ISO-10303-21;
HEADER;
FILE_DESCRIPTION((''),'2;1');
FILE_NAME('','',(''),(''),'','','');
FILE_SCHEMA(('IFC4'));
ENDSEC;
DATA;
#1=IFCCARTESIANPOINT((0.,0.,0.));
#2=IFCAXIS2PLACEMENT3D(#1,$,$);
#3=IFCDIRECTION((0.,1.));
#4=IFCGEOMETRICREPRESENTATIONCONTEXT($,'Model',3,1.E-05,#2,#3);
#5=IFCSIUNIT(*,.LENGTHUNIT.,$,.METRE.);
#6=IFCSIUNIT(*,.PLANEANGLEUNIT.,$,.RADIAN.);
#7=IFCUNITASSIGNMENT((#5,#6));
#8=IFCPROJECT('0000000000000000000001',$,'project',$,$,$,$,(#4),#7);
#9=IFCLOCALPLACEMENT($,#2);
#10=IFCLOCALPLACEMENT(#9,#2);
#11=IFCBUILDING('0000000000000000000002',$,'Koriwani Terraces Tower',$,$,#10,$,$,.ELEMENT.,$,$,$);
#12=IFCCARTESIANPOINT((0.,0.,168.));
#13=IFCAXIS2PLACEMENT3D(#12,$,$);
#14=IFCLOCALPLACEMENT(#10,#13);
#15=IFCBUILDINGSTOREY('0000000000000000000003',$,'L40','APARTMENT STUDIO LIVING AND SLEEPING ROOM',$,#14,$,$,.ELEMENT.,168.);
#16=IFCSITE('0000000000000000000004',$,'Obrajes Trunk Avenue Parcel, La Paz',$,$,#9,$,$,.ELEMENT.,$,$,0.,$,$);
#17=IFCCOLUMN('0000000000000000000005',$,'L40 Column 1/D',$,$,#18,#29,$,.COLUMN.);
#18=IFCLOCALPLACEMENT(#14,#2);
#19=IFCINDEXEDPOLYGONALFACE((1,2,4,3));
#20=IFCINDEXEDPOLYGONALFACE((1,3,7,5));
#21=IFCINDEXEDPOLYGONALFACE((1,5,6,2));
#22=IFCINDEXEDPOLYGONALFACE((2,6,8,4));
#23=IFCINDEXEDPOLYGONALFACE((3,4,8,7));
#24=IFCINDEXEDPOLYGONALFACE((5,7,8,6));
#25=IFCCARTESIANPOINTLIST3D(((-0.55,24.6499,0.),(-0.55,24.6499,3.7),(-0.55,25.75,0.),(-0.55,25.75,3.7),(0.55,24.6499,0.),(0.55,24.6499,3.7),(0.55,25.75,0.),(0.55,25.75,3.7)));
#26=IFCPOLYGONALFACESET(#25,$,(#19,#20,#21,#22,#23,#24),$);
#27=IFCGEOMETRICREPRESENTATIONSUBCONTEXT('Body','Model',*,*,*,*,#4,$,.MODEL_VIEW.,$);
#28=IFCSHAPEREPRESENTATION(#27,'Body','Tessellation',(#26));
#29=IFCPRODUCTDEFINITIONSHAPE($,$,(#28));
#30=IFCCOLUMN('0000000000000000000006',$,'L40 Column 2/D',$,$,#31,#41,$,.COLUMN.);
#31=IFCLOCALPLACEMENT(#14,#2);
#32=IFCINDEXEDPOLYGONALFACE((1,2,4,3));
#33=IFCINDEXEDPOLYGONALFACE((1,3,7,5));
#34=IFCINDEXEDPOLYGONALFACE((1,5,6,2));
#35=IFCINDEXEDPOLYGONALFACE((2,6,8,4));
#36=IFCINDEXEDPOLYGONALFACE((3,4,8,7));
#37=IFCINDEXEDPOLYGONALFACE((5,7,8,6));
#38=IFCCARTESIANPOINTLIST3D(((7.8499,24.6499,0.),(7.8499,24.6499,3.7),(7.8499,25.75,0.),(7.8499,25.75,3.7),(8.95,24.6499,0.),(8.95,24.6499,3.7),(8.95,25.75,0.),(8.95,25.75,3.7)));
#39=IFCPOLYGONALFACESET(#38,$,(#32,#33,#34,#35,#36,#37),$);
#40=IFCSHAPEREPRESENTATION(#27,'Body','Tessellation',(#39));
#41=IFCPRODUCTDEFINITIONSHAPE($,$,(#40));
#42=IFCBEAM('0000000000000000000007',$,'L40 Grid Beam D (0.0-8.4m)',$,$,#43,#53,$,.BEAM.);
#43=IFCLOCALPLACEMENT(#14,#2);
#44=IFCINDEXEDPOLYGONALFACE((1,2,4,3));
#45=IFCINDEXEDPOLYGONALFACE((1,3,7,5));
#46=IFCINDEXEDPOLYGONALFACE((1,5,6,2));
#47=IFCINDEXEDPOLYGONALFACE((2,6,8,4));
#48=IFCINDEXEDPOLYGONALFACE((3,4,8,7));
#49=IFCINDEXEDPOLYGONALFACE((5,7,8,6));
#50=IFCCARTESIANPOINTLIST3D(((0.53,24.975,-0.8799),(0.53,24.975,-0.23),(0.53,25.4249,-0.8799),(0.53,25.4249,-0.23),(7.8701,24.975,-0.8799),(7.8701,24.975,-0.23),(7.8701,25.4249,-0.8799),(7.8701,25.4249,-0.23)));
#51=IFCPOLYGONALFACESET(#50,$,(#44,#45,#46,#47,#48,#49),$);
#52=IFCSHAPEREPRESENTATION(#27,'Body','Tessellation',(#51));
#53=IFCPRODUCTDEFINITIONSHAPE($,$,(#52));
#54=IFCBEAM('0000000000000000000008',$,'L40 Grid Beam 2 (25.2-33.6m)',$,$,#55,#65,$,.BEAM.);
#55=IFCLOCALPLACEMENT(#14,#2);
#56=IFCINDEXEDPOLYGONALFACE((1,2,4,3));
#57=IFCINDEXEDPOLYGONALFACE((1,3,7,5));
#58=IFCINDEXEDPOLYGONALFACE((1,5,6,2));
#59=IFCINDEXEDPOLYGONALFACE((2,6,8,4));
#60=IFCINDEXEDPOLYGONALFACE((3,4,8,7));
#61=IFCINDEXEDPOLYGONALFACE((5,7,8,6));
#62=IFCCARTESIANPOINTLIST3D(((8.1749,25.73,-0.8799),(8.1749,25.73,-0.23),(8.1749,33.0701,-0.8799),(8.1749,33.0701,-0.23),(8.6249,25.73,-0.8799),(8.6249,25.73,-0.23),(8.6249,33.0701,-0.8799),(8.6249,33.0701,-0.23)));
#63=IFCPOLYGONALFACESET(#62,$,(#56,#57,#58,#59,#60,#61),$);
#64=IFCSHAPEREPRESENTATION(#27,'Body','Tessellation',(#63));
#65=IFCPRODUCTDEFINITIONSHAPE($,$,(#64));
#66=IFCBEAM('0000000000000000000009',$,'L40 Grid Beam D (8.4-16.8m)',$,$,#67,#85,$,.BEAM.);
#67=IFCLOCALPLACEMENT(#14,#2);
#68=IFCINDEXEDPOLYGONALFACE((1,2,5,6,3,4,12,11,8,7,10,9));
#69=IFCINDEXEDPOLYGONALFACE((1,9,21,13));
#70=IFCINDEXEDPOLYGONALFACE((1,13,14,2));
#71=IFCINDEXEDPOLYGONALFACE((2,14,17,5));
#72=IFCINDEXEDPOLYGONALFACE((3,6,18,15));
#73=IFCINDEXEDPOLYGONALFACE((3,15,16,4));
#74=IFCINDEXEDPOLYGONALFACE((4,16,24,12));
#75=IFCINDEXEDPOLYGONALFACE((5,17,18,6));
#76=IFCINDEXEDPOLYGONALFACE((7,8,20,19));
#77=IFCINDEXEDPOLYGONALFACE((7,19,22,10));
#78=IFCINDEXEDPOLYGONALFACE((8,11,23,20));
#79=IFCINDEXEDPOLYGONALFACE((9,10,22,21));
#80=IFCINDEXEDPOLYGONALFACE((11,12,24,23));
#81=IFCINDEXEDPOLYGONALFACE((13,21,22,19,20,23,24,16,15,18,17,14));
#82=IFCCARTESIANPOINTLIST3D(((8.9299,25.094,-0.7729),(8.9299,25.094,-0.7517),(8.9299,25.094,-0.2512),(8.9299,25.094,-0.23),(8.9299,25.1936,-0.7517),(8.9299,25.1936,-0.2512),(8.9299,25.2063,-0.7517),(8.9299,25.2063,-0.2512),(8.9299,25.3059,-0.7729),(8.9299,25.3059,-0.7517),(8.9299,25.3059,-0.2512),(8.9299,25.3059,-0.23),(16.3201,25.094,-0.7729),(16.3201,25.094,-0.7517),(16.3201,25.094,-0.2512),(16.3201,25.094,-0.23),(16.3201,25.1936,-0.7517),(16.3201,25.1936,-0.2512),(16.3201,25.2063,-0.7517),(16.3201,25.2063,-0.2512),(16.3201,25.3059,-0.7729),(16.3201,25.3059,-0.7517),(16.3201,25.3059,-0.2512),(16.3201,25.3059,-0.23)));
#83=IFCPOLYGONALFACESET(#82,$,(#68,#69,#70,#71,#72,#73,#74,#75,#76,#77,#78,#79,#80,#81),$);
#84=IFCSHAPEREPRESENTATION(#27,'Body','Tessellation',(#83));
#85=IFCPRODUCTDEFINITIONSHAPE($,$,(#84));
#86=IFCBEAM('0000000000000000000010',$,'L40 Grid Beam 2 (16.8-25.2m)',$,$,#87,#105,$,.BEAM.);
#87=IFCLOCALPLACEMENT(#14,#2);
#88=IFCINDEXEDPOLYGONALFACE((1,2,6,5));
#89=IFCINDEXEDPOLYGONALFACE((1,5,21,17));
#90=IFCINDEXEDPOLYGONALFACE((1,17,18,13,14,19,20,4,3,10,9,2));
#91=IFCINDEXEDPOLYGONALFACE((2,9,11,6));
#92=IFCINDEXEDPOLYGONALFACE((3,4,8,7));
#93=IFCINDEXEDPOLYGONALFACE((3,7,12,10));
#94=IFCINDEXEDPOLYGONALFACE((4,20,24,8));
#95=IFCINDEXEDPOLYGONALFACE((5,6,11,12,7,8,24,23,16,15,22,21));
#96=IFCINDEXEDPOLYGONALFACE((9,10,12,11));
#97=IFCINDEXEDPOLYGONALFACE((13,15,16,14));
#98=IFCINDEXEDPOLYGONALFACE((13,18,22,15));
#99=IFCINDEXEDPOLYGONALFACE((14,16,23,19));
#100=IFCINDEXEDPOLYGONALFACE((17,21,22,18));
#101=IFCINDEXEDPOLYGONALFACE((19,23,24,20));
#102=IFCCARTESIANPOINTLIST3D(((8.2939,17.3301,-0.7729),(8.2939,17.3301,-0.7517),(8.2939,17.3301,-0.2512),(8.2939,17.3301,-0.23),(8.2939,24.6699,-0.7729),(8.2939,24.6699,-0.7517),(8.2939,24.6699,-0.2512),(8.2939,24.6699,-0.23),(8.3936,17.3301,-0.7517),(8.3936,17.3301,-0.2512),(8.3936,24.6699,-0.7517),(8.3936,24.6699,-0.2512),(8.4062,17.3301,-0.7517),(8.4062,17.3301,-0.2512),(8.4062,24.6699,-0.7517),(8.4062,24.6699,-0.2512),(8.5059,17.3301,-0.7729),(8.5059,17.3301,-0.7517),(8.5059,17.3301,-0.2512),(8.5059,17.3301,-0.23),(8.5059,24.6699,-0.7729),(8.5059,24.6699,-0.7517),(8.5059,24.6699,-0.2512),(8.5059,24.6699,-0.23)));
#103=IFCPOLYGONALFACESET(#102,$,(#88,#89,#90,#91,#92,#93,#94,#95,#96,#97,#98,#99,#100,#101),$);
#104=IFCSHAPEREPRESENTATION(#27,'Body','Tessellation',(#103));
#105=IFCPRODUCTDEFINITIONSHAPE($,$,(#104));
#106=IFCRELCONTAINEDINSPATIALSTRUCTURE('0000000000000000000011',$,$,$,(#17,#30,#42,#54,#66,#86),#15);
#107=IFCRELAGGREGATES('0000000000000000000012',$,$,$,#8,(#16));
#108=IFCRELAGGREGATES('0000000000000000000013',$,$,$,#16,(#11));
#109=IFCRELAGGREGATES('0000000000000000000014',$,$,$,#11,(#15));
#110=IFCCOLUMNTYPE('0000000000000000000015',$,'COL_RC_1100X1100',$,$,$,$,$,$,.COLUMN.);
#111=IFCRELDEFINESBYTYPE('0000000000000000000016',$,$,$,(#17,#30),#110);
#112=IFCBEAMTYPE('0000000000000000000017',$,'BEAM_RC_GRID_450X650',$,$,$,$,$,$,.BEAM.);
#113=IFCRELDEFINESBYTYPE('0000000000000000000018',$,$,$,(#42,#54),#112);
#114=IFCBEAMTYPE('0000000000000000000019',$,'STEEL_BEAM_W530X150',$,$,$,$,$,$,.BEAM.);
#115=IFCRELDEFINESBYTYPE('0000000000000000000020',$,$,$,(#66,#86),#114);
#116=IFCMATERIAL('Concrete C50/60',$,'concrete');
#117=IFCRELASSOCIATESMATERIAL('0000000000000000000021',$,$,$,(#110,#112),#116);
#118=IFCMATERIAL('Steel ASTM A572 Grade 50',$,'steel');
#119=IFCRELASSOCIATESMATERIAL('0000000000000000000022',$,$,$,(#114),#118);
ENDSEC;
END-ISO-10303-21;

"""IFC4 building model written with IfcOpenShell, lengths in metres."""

from ifc_helpers import new_model, si_unit, direction, frame, origin, origin_2d, place, context, subcontext, project, spatial, rectangle, i_section, extrude, material, material_profile, profile_set, type_object, element, save


model = new_model("IFC4")

# Units and contexts
model_context = context("Model", 3, precision=1e-05, world=origin(), true_north=direction((0.0, 1.0)))
body_context = subcontext(model_context, "Body", "Model", "MODEL_VIEW")
ifc_project = project(units=[si_unit("LENGTHUNIT", "METRE"), si_unit("PLANEANGLEUNIT", "RADIAN")], contexts=[model_context])

# Site, building, storey
site_placement = place(None, origin())
site = spatial("IfcSite", under=ifc_project, at=site_placement, Name="Obrajes Trunk Avenue Parcel, La Paz", CompositionType="ELEMENT", RefElevation=0.0)
building_placement = place(site_placement, origin())
building = spatial("IfcBuilding", under=site, at=building_placement, Name="Koriwani Terraces Tower", CompositionType="ELEMENT")
storey_placement = place(building_placement, frame((0.0, 0.0, 168.0)))
storey = spatial("IfcBuildingStorey", under=building, at=storey_placement, Name="L40", Description="APARTMENT STUDIO LIVING AND SLEEPING ROOM", CompositionType="ELEMENT", Elevation=168.0)

# Columns
ifc_material_1 = material(Name="Concrete C50/60", Category="concrete")
ifc_material_profile_1 = material_profile(ifc_material_1, rectangle(XDim=1.1001, YDim=1.1001, at=origin_2d()), Name="Concrete C50/60", Category="LoadBearing")
ifc_profile_set_1 = profile_set([ifc_material_profile_1], Name="Concrete C50/60")
column_type = type_object("IfcColumnType", Name="COL_RC_1100X1100", PredefinedType="COLUMN", material=ifc_profile_set_1)
for number, where, z_axis, x_axis, name in (
    (1, (0.0, 25.2, 0.0), (0.0, 0.0, 1.0), (1.0, 0.0, 0.0), "L40 Column 1/D"),
    (2, (8.3999, 25.2, 0.0), (0.0, 0.0, 1.0), (1.0, 0.0, 0.0), "L40 Column 2/D"),
):
    element("IfcColumn", number, at=place(storey_placement, frame(where, z_axis=z_axis, x_axis=x_axis)), inside=storey, type_object=column_type, Name=name, PredefinedType="COLUMN", context=body_context, shape_type="SweptSolid", body=[
        extrude(rectangle(XDim=1.1001, YDim=1.1001, at=origin_2d()), origin(), (0.0, 0.0, 1.0), 3.7),
    ])

# Beams
ifc_material_profile_2 = material_profile(ifc_material_1, rectangle(XDim=0.45, YDim=0.6499, at=origin_2d()), Name="Concrete C50/60", Category="LoadBearing")
ifc_profile_set_2 = profile_set([ifc_material_profile_2], Name="Concrete C50/60")
beam_type_1 = type_object("IfcBeamType", Name="BEAM_RC_GRID_450X650", PredefinedType="BEAM", material=ifc_profile_set_2)
for number, where, z_axis, x_axis, name in (
    (3, (0.53, 25.2, -0.5549), (1.0, 0.0, 0.0), (0.0, 1.0, 0.0), "L40 Grid Beam D (0.0-8.4m)"),
    (4, (8.3999, 25.73, -0.5549), (0.0, 1.0, 0.0), (-1.0, 0.0, 0.0), "L40 Grid Beam 2 (25.2-33.6m)"),
):
    element("IfcBeam", number, at=place(storey_placement, frame(where, z_axis=z_axis, x_axis=x_axis)), inside=storey, type_object=beam_type_1, Name=name, PredefinedType="BEAM", context=body_context, shape_type="SweptSolid", body=[
        extrude(rectangle(XDim=0.45, YDim=0.6499, at=origin_2d()), origin(), (0.0, 0.0, 1.0), 7.3401),
    ])
ifc_material_2 = material(Name="Steel ASTM A572 Grade 50", Category="steel")
ifc_material_profile_3 = material_profile(ifc_material_2, i_section(OverallWidth=0.2119, OverallDepth=0.543, WebThickness=0.0127, FlangeThickness=0.0212, at=origin_2d()), Name="Steel ASTM A572 Grade 50", Category="LoadBearing")
ifc_profile_set_3 = profile_set([ifc_material_profile_3], Name="Steel ASTM A572 Grade 50")
beam_type_2 = type_object("IfcBeamType", Name="STEEL_BEAM_W530X150", PredefinedType="BEAM", material=ifc_profile_set_3)
beam_1_placement = place(storey_placement, frame((8.9299, 25.2, -0.5015), z_axis=(1.0, 0.0, 0.0), x_axis=(0.0, 1.0, 0.0)))
element("IfcBeam", 5, at=beam_1_placement, inside=storey, type_object=beam_type_2, Name="L40 Grid Beam D (8.4-16.8m)", PredefinedType="BEAM", context=body_context, shape_type="SweptSolid", body=[
    extrude(i_section(OverallWidth=0.2119, OverallDepth=0.543, WebThickness=0.0127, FlangeThickness=0.0212, at=origin_2d()), origin(), (0.0, 0.0, 1.0), 7.3901),
])
beam_2_placement = place(storey_placement, frame((8.3999, 17.3301, -0.5015), z_axis=(0.0, 1.0, 0.0), x_axis=(-1.0, 0.0, 0.0)))
element("IfcBeam", 6, at=beam_2_placement, inside=storey, type_object=beam_type_2, Name="L40 Grid Beam 2 (16.8-25.2m)", PredefinedType="BEAM", context=body_context, shape_type="SweptSolid", body=[
    extrude(i_section(OverallWidth=0.2119, OverallDepth=0.543, WebThickness=0.0127, FlangeThickness=0.0212, at=origin_2d()), origin(), (0.0, 0.0, 1.0), 7.3398),
])

save(model, "model.ifc")
